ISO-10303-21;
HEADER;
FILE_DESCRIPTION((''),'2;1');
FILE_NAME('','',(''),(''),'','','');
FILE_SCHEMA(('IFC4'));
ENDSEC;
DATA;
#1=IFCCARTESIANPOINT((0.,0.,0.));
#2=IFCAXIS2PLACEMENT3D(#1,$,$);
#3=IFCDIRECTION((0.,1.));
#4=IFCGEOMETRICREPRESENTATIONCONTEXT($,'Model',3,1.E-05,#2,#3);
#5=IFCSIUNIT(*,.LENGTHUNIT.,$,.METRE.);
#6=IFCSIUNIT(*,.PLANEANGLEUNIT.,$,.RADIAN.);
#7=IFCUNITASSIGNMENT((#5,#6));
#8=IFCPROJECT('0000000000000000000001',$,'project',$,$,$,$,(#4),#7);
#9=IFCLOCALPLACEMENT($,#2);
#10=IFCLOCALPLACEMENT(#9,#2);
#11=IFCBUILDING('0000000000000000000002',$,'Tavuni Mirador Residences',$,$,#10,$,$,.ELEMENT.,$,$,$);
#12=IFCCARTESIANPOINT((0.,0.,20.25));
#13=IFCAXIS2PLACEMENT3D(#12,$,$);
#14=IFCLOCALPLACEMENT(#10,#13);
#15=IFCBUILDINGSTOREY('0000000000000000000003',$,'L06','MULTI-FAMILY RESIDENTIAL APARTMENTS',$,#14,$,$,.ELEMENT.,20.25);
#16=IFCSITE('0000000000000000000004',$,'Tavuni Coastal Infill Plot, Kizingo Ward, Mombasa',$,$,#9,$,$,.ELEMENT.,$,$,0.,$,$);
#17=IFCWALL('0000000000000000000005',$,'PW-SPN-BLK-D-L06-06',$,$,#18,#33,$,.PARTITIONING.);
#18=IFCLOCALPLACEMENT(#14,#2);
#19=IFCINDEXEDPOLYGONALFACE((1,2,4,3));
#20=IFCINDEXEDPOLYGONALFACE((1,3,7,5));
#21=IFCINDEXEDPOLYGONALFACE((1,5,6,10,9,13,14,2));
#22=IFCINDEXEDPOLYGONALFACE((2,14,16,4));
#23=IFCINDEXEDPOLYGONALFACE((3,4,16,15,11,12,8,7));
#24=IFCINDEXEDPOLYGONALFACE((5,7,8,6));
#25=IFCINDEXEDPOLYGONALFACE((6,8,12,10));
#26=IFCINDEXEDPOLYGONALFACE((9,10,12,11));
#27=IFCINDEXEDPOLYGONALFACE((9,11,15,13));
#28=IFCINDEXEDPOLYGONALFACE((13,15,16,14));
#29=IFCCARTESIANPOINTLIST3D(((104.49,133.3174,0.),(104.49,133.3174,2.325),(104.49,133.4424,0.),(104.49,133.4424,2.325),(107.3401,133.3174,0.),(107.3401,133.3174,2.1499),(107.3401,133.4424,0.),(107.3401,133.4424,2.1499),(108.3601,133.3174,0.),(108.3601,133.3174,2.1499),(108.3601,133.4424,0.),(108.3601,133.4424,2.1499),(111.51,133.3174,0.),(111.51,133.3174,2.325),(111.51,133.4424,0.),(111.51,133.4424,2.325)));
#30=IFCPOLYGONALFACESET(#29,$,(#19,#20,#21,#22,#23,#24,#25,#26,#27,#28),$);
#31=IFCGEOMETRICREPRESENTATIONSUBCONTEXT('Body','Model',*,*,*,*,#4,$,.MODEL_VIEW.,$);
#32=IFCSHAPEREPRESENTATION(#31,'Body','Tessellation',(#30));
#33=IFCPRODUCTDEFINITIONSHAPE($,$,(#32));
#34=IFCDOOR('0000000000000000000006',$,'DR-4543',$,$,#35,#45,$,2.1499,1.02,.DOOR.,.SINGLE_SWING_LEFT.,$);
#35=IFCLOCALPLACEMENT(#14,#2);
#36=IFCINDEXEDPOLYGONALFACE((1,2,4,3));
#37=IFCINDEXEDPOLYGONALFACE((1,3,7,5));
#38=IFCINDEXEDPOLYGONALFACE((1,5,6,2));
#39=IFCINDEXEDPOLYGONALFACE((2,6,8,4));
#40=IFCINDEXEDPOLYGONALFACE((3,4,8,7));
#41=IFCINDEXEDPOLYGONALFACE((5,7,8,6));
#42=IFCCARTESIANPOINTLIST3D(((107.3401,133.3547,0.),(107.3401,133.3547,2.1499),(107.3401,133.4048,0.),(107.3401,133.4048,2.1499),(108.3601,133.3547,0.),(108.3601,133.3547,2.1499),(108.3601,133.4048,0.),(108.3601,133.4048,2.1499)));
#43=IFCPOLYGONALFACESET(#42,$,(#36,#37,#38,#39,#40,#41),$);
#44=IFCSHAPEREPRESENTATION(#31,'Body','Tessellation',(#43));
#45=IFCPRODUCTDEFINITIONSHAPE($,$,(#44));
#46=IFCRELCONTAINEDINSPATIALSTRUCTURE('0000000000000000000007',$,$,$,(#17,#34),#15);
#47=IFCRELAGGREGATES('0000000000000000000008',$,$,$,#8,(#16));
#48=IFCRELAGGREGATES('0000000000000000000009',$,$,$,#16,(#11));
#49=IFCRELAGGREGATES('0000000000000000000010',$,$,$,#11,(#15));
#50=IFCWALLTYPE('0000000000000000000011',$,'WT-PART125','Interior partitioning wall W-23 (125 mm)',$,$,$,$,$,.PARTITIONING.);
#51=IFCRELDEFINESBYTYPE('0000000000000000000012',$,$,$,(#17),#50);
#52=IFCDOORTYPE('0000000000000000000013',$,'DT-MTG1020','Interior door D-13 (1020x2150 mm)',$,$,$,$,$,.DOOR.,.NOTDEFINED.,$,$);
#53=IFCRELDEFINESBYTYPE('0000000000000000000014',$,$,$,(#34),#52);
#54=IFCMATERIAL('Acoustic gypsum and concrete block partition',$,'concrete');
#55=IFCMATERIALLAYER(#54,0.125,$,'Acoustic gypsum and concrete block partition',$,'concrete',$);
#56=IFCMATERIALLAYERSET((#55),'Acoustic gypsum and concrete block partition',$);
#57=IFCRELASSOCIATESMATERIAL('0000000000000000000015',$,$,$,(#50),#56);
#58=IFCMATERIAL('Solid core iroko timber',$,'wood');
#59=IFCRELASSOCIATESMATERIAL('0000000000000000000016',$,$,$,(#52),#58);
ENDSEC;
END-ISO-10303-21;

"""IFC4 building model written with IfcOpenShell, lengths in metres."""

from ifc_helpers import new_model, si_unit, direction, frame, frame_2d, origin, place, context, subcontext, project, spatial, rectangle, extrude, material, layer, layer_set, type_object, element, fill, save


model = new_model("IFC4")

# Units and contexts
model_context = context("Model", 3, precision=1e-05, world=origin(), true_north=direction((0.0, 1.0)))
body_context = subcontext(model_context, "Body", "Model", "MODEL_VIEW")
ifc_project = project(units=[si_unit("LENGTHUNIT", "METRE"), si_unit("PLANEANGLEUNIT", "RADIAN")], contexts=[model_context])

# Site, building, storey
site_placement = place(None, origin())
site = spatial("IfcSite", under=ifc_project, at=site_placement, Name="Tavuni Coastal Infill Plot, Kizingo Ward, Mombasa", CompositionType="ELEMENT", RefElevation=0.0)
building_placement = place(site_placement, origin())
building = spatial("IfcBuilding", under=site, at=building_placement, Name="Tavuni Mirador Residences", CompositionType="ELEMENT")
storey_placement = place(building_placement, frame((0.0, 0.0, 20.25)))
storey = spatial("IfcBuildingStorey", under=building, at=storey_placement, Name="L06", Description="MULTI-FAMILY RESIDENTIAL APARTMENTS", CompositionType="ELEMENT", Elevation=20.25)

# Wall, opening, door
ifc_material_1 = material(Name="Solid core iroko timber", Category="wood")
ifc_material_2 = material(Name="Acoustic gypsum and concrete block partition", Category="concrete")
ifc_layer_1 = layer(ifc_material_2, 0.125, Name="Acoustic gypsum and concrete block partition", Category="concrete")
ifc_layer_set_1 = layer_set([ifc_layer_1], Name="Acoustic gypsum and concrete block partition")
wall_type_1 = type_object("IfcWallType", Name="WT-PART125", Description="Interior partitioning wall W-23 (125 mm)", PredefinedType="PARTITIONING", material=ifc_layer_set_1)
wall_1_placement = place(storey_placement, frame((104.49, 133.3799, 0.0), z_axis=(0.0, 0.0, 1.0), x_axis=(1.0, 0.0, 0.0)))
wall_1 = element("IfcWall", 1, at=wall_1_placement, inside=storey, type_object=wall_type_1, Name="PW-SPN-BLK-D-L06-06", PredefinedType="PARTITIONING", context=body_context, shape_type="SweptSolid", body=[
    extrude(rectangle(XDim=7.02, YDim=0.125, at=frame_2d((3.51, 0.0))), origin(), (0.0, 0.0, 1.0), 2.325),
])
opening_1_placement = place(wall_1_placement, frame((2.8501, 0.0, 0.0)))
opening_1 = element("IfcOpeningElement", 2, at=opening_1_placement, cuts=wall_1, PredefinedType="OPENING", context=body_context, shape_type="SweptSolid", body=[
    extrude(rectangle(XDim=1.02, YDim=2.1499, at=frame_2d((0.51, 1.075))), frame((0.0, 0.0725, 0.0), z_axis=(0.0, -1.0, 0.0), x_axis=(1.0, 0.0, 0.0)), (0.0, 0.0, 1.0), 0.145),
])
door_type_1 = type_object("IfcDoorType", Name="DT-MTG1020", Description="Interior door D-13 (1020x2150 mm)", OperationType="NOTDEFINED", PredefinedType="DOOR", material=ifc_material_1)
door_1_placement = place(opening_1_placement, origin())
door_1 = element("IfcDoor", 3, at=door_1_placement, inside=storey, type_object=door_type_1, Name="DR-4543", OperationType="SINGLE_SWING_LEFT", OverallHeight=2.1499, OverallWidth=1.02, PredefinedType="DOOR", context=body_context, shape_type="SweptSolid", body=[
    extrude(rectangle(XDim=1.02, YDim=2.1499, at=frame_2d((0.51, 1.075))), frame((0.0, 0.0249, 0.0), z_axis=(0.0, -1.0, 0.0), x_axis=(1.0, 0.0, 0.0)), (0.0, 0.0, 1.0), 0.05),
])
fill(opening_1, door_1)

save(model, "model.ifc")
